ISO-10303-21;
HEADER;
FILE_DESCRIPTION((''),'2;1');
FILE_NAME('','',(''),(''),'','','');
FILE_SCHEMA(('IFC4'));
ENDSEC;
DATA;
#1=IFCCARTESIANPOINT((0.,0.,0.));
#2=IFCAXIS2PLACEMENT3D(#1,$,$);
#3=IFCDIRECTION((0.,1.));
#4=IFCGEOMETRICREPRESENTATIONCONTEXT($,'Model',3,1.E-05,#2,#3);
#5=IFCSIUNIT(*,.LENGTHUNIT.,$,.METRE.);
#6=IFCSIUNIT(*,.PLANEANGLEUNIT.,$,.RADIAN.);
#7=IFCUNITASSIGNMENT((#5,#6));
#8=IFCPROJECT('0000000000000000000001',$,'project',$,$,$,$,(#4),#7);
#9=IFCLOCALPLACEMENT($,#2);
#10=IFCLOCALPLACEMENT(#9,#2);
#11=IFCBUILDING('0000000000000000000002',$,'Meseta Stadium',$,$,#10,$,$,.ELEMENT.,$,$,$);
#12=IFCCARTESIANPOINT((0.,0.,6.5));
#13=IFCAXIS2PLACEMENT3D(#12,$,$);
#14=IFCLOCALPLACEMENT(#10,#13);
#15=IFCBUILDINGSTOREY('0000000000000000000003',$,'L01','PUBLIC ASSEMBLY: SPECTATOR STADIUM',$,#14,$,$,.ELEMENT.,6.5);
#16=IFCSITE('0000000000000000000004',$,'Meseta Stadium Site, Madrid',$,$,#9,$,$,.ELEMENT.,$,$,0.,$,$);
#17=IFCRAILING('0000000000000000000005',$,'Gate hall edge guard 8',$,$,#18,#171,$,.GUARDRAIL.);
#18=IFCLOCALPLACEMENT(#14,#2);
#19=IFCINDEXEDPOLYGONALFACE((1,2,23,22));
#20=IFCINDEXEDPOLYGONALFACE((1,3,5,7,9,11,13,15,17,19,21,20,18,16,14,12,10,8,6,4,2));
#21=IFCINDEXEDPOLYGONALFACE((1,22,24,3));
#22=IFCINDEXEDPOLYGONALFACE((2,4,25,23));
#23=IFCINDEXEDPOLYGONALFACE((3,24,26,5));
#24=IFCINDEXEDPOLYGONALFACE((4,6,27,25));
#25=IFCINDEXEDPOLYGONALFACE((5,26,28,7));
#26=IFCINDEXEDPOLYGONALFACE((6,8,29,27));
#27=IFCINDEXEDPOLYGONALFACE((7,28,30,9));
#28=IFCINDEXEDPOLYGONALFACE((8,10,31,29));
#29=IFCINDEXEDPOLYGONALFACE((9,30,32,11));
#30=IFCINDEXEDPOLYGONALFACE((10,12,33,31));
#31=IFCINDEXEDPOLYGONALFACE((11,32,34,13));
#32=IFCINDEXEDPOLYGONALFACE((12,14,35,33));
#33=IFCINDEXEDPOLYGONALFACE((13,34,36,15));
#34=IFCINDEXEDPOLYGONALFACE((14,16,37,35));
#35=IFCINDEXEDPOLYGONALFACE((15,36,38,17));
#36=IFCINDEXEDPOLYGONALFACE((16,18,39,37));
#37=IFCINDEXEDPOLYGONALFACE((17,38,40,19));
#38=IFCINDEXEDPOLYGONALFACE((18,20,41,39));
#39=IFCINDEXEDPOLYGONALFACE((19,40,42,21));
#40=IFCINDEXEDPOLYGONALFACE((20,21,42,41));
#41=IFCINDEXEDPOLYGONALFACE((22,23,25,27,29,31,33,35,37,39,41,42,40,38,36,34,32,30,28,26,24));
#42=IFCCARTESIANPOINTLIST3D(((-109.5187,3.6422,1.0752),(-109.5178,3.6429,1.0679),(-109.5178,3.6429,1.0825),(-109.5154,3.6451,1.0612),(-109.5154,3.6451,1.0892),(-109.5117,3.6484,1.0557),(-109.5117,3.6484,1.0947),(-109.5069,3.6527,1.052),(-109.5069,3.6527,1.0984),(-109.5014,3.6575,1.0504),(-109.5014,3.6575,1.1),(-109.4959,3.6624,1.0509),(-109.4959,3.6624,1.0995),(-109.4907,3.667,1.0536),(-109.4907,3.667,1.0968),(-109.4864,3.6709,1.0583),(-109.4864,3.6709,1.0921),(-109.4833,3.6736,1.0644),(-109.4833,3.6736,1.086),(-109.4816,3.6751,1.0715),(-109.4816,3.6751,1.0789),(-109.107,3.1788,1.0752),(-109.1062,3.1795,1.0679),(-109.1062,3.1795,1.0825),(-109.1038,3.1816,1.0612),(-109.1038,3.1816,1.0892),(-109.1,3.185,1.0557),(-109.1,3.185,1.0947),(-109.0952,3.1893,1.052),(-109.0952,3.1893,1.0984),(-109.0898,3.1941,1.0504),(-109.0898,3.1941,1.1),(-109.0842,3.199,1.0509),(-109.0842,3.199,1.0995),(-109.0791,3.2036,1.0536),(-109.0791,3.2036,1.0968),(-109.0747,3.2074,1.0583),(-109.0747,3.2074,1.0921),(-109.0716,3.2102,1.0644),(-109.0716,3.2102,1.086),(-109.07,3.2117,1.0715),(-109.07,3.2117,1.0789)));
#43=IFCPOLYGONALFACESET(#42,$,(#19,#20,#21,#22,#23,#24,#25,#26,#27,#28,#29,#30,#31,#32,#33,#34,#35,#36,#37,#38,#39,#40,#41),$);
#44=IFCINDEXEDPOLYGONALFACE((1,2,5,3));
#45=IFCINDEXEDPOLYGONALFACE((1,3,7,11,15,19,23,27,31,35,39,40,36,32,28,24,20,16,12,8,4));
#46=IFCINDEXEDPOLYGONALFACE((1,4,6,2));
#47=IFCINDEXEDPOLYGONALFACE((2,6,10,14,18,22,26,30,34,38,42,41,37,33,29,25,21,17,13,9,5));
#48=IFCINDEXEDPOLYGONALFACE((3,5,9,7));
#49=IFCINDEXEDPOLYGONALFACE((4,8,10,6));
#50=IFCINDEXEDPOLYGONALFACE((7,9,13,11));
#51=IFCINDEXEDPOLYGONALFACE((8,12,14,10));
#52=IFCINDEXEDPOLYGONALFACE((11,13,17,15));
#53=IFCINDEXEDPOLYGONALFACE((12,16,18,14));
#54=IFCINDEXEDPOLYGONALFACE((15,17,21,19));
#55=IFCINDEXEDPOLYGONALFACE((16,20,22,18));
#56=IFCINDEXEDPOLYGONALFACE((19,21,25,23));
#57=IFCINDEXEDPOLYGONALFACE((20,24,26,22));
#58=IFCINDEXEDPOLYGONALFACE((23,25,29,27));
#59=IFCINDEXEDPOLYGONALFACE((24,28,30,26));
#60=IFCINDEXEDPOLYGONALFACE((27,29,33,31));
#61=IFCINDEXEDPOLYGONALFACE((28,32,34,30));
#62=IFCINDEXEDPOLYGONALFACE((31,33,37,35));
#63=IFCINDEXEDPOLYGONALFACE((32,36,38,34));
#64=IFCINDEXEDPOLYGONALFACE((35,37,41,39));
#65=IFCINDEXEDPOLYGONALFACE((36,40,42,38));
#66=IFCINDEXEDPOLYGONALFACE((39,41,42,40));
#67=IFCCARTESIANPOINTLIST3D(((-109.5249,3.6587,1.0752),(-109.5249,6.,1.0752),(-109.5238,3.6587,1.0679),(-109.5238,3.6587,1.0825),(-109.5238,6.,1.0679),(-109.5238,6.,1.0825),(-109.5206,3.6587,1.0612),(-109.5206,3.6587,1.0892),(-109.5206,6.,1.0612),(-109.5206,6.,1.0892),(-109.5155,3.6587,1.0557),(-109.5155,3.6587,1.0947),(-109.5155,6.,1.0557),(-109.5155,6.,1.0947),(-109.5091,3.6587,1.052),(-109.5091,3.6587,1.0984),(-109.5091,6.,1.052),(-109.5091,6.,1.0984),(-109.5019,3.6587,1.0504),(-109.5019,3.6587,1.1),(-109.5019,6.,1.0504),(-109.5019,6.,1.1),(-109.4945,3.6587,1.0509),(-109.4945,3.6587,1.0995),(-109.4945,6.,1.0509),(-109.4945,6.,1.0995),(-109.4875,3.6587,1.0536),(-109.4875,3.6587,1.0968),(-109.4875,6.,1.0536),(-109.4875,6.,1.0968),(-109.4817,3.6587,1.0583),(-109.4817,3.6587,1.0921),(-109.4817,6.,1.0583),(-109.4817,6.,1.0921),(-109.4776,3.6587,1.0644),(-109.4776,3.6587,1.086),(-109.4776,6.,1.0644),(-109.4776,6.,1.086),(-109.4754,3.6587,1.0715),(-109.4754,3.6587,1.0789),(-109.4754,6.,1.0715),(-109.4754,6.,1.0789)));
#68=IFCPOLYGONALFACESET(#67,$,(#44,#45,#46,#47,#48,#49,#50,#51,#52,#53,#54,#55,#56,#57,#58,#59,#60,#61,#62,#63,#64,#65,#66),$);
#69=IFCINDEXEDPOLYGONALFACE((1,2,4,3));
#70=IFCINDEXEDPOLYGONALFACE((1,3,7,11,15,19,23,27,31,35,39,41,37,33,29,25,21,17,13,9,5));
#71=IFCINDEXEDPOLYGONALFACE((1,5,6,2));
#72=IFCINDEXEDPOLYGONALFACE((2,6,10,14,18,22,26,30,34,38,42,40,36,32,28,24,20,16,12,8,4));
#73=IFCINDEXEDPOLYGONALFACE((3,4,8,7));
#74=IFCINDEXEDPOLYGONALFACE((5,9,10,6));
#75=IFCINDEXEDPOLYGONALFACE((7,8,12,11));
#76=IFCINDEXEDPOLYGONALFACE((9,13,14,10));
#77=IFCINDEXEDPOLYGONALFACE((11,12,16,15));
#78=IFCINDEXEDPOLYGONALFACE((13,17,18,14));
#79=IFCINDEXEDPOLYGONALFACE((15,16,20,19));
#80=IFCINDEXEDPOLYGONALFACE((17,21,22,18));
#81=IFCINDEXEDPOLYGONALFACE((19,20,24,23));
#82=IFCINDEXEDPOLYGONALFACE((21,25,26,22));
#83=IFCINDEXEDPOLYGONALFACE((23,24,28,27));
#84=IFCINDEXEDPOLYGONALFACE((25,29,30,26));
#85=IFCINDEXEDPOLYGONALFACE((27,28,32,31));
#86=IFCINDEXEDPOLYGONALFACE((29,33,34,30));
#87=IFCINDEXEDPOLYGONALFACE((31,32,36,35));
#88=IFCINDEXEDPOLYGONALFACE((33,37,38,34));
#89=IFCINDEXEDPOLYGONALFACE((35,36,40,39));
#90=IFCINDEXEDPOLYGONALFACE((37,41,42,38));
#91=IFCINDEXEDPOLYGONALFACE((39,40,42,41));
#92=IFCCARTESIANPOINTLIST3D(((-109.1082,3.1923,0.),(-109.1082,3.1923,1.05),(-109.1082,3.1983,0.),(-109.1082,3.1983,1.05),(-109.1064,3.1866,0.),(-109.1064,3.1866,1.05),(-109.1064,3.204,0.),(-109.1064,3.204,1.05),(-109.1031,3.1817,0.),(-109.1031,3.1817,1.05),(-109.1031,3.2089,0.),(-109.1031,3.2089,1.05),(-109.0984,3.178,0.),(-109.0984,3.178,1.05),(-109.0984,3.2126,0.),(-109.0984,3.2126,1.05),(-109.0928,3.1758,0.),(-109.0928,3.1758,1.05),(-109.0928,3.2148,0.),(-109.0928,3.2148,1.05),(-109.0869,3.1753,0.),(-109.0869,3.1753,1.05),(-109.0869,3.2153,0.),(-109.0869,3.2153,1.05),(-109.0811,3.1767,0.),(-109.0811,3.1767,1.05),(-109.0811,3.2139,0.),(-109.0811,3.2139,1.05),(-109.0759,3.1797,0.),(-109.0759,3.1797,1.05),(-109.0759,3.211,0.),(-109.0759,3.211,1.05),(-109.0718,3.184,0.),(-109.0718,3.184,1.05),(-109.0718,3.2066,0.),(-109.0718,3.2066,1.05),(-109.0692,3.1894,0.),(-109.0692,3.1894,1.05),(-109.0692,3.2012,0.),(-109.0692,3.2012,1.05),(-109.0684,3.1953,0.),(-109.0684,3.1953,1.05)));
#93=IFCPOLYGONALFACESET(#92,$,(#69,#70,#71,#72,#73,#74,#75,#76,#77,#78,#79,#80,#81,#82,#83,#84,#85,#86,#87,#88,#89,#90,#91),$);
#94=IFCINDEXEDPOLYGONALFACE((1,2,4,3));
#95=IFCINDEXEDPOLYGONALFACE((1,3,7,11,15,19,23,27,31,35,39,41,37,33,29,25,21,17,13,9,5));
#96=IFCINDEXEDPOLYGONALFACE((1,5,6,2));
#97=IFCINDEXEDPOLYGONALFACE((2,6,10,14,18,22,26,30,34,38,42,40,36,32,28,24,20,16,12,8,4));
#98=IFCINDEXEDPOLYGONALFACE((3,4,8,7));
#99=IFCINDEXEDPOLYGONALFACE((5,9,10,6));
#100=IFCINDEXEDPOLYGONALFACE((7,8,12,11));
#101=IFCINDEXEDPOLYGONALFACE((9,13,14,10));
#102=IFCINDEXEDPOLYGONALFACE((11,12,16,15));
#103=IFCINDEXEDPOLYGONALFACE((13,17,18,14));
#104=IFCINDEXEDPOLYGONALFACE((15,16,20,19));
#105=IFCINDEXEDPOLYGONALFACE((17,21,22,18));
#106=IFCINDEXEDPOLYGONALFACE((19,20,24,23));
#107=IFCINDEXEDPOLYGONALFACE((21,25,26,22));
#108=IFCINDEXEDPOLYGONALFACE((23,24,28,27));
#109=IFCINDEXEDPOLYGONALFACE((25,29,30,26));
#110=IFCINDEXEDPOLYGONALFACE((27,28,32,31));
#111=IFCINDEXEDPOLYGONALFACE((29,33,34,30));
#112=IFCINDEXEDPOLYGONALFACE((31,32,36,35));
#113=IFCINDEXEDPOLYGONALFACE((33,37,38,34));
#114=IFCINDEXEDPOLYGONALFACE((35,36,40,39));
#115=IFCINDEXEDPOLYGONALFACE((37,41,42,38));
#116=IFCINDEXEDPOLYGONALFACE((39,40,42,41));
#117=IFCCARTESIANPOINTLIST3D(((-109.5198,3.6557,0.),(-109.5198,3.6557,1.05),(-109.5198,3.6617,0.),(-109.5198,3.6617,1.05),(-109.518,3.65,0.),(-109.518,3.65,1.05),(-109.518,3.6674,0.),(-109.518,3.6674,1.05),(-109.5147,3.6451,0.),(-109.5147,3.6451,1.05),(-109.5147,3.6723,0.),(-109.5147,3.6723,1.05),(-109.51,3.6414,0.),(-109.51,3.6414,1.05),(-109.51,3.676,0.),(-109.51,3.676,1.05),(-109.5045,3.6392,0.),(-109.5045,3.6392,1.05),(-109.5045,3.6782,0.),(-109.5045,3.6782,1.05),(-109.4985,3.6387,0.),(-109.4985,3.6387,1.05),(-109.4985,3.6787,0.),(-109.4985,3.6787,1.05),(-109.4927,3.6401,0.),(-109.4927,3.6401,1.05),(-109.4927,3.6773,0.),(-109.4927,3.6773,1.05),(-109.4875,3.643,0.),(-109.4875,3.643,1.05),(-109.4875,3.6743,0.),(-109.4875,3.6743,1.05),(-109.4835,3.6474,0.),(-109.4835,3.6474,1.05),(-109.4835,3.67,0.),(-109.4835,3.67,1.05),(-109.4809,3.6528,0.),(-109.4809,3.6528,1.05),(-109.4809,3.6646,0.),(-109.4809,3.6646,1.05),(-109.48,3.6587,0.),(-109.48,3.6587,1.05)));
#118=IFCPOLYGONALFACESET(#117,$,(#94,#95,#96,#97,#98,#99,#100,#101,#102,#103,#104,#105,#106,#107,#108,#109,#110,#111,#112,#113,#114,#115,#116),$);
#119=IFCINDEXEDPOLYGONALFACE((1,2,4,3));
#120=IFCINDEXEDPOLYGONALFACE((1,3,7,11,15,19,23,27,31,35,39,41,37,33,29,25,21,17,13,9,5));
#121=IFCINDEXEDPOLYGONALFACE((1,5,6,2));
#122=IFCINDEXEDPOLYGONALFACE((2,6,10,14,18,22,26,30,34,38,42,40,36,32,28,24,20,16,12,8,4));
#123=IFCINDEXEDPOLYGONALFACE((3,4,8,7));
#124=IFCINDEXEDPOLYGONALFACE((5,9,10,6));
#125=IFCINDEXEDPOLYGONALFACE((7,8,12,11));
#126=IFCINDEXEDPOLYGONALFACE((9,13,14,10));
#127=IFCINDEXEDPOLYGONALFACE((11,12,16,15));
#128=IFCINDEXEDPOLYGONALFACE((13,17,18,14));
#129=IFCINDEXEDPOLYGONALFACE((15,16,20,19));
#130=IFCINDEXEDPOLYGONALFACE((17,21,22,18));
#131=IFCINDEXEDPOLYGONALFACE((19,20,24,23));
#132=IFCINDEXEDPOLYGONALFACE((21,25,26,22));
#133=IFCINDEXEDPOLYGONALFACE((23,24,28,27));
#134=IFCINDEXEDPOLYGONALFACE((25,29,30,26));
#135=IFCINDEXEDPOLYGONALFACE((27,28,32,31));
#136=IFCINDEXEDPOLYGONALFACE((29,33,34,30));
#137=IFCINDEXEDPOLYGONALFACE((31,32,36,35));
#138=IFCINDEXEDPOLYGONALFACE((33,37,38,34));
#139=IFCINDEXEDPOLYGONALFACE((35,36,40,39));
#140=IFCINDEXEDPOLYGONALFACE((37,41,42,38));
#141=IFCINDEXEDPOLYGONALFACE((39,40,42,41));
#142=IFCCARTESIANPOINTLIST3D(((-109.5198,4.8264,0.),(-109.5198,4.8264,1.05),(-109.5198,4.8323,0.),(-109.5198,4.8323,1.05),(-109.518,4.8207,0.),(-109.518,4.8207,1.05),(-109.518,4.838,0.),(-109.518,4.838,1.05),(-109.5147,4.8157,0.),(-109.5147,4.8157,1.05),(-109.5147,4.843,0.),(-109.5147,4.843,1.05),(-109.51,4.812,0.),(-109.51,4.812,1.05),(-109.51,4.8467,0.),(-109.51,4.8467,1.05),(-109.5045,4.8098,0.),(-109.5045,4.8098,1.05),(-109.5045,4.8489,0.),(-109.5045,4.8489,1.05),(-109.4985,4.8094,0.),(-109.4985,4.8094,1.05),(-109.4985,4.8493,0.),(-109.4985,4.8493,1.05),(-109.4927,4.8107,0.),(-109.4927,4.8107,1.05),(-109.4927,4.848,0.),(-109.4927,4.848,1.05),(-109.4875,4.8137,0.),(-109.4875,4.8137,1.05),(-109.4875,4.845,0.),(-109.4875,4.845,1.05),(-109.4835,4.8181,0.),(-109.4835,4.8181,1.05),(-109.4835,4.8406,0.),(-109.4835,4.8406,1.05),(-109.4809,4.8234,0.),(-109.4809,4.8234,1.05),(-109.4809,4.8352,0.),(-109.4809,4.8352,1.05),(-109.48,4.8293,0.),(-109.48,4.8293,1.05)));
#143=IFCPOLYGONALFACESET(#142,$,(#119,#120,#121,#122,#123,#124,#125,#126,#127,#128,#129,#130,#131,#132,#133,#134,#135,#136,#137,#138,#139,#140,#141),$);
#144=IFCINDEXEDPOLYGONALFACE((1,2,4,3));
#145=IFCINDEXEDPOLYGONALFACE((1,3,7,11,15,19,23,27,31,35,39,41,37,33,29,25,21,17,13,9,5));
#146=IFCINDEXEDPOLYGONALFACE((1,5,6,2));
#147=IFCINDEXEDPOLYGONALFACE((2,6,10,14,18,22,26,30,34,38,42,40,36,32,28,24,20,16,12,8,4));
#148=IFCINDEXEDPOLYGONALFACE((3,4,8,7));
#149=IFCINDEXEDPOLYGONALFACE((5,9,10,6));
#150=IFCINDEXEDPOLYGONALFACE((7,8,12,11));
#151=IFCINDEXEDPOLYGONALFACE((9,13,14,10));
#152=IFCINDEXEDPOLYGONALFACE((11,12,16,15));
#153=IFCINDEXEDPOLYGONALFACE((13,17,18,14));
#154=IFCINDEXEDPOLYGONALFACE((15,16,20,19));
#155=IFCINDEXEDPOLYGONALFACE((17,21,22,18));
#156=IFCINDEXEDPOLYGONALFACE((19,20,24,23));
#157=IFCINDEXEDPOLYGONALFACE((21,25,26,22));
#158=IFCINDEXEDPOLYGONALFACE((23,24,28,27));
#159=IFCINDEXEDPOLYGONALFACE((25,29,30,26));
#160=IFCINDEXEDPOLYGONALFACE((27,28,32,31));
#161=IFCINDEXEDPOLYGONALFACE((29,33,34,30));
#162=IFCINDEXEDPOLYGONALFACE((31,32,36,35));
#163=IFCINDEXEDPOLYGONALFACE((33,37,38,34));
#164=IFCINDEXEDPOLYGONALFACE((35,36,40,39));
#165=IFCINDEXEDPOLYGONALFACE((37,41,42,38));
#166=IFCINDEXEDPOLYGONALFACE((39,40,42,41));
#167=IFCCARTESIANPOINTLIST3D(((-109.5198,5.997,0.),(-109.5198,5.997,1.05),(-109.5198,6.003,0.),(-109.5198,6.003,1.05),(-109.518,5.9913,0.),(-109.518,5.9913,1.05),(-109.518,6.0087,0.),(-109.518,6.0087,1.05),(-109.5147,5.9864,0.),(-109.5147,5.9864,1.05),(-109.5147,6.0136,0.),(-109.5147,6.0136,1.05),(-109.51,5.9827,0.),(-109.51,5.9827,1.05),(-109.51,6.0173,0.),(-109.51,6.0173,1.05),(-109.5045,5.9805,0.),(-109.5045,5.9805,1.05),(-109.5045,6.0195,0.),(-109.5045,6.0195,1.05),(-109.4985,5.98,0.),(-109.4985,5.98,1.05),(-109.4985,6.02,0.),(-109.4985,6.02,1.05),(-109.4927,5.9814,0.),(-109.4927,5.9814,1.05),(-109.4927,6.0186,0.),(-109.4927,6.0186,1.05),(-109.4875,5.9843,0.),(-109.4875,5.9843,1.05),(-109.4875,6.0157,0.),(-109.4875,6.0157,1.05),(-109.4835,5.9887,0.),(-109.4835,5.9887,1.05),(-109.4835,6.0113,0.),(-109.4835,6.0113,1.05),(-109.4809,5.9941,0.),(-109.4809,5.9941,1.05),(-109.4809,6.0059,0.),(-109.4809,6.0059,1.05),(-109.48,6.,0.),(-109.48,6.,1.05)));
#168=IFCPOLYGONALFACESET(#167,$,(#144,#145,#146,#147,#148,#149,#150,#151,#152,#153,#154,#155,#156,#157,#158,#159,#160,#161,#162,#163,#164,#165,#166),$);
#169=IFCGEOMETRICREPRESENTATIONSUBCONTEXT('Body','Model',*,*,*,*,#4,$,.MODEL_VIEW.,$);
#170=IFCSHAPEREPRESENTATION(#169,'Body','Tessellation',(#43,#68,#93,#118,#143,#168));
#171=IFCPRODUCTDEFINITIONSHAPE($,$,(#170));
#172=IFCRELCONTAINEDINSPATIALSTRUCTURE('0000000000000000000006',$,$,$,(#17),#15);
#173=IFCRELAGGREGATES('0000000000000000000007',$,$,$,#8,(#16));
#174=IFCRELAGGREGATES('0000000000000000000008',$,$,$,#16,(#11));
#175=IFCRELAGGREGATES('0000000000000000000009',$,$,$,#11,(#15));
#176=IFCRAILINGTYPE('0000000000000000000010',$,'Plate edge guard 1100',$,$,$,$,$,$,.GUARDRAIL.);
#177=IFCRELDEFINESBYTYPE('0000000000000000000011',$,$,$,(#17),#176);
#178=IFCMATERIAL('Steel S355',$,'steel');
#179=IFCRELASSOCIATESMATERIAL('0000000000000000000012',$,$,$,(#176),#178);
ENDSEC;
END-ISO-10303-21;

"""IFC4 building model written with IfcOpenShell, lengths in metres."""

from ifc_helpers import new_model, si_unit, direction, frame, origin, origin_2d, place, context, subcontext, project, spatial, circle, extrude, material, type_object, element, save


model = new_model("IFC4")

# Units and contexts
model_context = context("Model", 3, precision=1e-05, world=origin(), true_north=direction((0.0, 1.0)))
body_context = subcontext(model_context, "Body", "Model", "MODEL_VIEW")
ifc_project = project(units=[si_unit("LENGTHUNIT", "METRE"), si_unit("PLANEANGLEUNIT", "RADIAN")], contexts=[model_context])

# Site, building, storey
site_placement = place(None, origin())
site = spatial("IfcSite", under=ifc_project, at=site_placement, Name="Meseta Stadium Site, Madrid", CompositionType="ELEMENT", RefElevation=0.0)
building_placement = place(site_placement, origin())
building = spatial("IfcBuilding", under=site, at=building_placement, Name="Meseta Stadium", CompositionType="ELEMENT")
storey_placement = place(building_placement, frame((0.0, 0.0, 6.5)))
storey = spatial("IfcBuildingStorey", under=building, at=storey_placement, Name="L01", Description="PUBLIC ASSEMBLY: SPECTATOR STADIUM", CompositionType="ELEMENT", Elevation=6.5)

# Railing
ifc_material_1 = material(Name="Steel S355", Category="steel")
railing_type = type_object("IfcRailingType", Name="Plate edge guard 1100", PredefinedType="GUARDRAIL", material=ifc_material_1)
railing_placement = place(storey_placement, frame((-109.0884, 3.1953, 0.0)))
element("IfcRailing", 1, at=railing_placement, inside=storey, type_object=railing_type, Name="Gate hall edge guard 8", PredefinedType="GUARDRAIL", context=body_context, shape_type="SweptSolid", body=[
    extrude(circle(Radius=0.0249, at=origin_2d()), frame((0.0, 0.0, 1.0752), z_axis=(-0.664119, 0.747627, 0.0), x_axis=(-0.747627, -0.664119, 0.0)), (0.0, 0.0, 1.0), 0.6199),
    extrude(circle(Radius=0.0249, at=origin_2d()), frame((-0.4116, 0.4634, 1.0752), z_axis=(0.0, 1.0, 0.0), x_axis=(-1.0, 0.0, 0.0)), (0.0, 0.0, 1.0), 2.3413),
    extrude(circle(Radius=0.02, at=origin_2d()), origin(), (0.0, 0.0, 1.0), 1.05),
    extrude(circle(Radius=0.02, at=origin_2d()), frame((-0.4116, 0.4634, 0.0)), (0.0, 0.0, 1.0), 1.05),
    extrude(circle(Radius=0.02, at=origin_2d()), frame((-0.4116, 1.634, 0.0)), (0.0, 0.0, 1.0), 1.05),
    extrude(circle(Radius=0.02, at=origin_2d()), frame((-0.4116, 2.8047, 0.0)), (0.0, 0.0, 1.0), 1.05),
])

save(model, "model.ifc")
